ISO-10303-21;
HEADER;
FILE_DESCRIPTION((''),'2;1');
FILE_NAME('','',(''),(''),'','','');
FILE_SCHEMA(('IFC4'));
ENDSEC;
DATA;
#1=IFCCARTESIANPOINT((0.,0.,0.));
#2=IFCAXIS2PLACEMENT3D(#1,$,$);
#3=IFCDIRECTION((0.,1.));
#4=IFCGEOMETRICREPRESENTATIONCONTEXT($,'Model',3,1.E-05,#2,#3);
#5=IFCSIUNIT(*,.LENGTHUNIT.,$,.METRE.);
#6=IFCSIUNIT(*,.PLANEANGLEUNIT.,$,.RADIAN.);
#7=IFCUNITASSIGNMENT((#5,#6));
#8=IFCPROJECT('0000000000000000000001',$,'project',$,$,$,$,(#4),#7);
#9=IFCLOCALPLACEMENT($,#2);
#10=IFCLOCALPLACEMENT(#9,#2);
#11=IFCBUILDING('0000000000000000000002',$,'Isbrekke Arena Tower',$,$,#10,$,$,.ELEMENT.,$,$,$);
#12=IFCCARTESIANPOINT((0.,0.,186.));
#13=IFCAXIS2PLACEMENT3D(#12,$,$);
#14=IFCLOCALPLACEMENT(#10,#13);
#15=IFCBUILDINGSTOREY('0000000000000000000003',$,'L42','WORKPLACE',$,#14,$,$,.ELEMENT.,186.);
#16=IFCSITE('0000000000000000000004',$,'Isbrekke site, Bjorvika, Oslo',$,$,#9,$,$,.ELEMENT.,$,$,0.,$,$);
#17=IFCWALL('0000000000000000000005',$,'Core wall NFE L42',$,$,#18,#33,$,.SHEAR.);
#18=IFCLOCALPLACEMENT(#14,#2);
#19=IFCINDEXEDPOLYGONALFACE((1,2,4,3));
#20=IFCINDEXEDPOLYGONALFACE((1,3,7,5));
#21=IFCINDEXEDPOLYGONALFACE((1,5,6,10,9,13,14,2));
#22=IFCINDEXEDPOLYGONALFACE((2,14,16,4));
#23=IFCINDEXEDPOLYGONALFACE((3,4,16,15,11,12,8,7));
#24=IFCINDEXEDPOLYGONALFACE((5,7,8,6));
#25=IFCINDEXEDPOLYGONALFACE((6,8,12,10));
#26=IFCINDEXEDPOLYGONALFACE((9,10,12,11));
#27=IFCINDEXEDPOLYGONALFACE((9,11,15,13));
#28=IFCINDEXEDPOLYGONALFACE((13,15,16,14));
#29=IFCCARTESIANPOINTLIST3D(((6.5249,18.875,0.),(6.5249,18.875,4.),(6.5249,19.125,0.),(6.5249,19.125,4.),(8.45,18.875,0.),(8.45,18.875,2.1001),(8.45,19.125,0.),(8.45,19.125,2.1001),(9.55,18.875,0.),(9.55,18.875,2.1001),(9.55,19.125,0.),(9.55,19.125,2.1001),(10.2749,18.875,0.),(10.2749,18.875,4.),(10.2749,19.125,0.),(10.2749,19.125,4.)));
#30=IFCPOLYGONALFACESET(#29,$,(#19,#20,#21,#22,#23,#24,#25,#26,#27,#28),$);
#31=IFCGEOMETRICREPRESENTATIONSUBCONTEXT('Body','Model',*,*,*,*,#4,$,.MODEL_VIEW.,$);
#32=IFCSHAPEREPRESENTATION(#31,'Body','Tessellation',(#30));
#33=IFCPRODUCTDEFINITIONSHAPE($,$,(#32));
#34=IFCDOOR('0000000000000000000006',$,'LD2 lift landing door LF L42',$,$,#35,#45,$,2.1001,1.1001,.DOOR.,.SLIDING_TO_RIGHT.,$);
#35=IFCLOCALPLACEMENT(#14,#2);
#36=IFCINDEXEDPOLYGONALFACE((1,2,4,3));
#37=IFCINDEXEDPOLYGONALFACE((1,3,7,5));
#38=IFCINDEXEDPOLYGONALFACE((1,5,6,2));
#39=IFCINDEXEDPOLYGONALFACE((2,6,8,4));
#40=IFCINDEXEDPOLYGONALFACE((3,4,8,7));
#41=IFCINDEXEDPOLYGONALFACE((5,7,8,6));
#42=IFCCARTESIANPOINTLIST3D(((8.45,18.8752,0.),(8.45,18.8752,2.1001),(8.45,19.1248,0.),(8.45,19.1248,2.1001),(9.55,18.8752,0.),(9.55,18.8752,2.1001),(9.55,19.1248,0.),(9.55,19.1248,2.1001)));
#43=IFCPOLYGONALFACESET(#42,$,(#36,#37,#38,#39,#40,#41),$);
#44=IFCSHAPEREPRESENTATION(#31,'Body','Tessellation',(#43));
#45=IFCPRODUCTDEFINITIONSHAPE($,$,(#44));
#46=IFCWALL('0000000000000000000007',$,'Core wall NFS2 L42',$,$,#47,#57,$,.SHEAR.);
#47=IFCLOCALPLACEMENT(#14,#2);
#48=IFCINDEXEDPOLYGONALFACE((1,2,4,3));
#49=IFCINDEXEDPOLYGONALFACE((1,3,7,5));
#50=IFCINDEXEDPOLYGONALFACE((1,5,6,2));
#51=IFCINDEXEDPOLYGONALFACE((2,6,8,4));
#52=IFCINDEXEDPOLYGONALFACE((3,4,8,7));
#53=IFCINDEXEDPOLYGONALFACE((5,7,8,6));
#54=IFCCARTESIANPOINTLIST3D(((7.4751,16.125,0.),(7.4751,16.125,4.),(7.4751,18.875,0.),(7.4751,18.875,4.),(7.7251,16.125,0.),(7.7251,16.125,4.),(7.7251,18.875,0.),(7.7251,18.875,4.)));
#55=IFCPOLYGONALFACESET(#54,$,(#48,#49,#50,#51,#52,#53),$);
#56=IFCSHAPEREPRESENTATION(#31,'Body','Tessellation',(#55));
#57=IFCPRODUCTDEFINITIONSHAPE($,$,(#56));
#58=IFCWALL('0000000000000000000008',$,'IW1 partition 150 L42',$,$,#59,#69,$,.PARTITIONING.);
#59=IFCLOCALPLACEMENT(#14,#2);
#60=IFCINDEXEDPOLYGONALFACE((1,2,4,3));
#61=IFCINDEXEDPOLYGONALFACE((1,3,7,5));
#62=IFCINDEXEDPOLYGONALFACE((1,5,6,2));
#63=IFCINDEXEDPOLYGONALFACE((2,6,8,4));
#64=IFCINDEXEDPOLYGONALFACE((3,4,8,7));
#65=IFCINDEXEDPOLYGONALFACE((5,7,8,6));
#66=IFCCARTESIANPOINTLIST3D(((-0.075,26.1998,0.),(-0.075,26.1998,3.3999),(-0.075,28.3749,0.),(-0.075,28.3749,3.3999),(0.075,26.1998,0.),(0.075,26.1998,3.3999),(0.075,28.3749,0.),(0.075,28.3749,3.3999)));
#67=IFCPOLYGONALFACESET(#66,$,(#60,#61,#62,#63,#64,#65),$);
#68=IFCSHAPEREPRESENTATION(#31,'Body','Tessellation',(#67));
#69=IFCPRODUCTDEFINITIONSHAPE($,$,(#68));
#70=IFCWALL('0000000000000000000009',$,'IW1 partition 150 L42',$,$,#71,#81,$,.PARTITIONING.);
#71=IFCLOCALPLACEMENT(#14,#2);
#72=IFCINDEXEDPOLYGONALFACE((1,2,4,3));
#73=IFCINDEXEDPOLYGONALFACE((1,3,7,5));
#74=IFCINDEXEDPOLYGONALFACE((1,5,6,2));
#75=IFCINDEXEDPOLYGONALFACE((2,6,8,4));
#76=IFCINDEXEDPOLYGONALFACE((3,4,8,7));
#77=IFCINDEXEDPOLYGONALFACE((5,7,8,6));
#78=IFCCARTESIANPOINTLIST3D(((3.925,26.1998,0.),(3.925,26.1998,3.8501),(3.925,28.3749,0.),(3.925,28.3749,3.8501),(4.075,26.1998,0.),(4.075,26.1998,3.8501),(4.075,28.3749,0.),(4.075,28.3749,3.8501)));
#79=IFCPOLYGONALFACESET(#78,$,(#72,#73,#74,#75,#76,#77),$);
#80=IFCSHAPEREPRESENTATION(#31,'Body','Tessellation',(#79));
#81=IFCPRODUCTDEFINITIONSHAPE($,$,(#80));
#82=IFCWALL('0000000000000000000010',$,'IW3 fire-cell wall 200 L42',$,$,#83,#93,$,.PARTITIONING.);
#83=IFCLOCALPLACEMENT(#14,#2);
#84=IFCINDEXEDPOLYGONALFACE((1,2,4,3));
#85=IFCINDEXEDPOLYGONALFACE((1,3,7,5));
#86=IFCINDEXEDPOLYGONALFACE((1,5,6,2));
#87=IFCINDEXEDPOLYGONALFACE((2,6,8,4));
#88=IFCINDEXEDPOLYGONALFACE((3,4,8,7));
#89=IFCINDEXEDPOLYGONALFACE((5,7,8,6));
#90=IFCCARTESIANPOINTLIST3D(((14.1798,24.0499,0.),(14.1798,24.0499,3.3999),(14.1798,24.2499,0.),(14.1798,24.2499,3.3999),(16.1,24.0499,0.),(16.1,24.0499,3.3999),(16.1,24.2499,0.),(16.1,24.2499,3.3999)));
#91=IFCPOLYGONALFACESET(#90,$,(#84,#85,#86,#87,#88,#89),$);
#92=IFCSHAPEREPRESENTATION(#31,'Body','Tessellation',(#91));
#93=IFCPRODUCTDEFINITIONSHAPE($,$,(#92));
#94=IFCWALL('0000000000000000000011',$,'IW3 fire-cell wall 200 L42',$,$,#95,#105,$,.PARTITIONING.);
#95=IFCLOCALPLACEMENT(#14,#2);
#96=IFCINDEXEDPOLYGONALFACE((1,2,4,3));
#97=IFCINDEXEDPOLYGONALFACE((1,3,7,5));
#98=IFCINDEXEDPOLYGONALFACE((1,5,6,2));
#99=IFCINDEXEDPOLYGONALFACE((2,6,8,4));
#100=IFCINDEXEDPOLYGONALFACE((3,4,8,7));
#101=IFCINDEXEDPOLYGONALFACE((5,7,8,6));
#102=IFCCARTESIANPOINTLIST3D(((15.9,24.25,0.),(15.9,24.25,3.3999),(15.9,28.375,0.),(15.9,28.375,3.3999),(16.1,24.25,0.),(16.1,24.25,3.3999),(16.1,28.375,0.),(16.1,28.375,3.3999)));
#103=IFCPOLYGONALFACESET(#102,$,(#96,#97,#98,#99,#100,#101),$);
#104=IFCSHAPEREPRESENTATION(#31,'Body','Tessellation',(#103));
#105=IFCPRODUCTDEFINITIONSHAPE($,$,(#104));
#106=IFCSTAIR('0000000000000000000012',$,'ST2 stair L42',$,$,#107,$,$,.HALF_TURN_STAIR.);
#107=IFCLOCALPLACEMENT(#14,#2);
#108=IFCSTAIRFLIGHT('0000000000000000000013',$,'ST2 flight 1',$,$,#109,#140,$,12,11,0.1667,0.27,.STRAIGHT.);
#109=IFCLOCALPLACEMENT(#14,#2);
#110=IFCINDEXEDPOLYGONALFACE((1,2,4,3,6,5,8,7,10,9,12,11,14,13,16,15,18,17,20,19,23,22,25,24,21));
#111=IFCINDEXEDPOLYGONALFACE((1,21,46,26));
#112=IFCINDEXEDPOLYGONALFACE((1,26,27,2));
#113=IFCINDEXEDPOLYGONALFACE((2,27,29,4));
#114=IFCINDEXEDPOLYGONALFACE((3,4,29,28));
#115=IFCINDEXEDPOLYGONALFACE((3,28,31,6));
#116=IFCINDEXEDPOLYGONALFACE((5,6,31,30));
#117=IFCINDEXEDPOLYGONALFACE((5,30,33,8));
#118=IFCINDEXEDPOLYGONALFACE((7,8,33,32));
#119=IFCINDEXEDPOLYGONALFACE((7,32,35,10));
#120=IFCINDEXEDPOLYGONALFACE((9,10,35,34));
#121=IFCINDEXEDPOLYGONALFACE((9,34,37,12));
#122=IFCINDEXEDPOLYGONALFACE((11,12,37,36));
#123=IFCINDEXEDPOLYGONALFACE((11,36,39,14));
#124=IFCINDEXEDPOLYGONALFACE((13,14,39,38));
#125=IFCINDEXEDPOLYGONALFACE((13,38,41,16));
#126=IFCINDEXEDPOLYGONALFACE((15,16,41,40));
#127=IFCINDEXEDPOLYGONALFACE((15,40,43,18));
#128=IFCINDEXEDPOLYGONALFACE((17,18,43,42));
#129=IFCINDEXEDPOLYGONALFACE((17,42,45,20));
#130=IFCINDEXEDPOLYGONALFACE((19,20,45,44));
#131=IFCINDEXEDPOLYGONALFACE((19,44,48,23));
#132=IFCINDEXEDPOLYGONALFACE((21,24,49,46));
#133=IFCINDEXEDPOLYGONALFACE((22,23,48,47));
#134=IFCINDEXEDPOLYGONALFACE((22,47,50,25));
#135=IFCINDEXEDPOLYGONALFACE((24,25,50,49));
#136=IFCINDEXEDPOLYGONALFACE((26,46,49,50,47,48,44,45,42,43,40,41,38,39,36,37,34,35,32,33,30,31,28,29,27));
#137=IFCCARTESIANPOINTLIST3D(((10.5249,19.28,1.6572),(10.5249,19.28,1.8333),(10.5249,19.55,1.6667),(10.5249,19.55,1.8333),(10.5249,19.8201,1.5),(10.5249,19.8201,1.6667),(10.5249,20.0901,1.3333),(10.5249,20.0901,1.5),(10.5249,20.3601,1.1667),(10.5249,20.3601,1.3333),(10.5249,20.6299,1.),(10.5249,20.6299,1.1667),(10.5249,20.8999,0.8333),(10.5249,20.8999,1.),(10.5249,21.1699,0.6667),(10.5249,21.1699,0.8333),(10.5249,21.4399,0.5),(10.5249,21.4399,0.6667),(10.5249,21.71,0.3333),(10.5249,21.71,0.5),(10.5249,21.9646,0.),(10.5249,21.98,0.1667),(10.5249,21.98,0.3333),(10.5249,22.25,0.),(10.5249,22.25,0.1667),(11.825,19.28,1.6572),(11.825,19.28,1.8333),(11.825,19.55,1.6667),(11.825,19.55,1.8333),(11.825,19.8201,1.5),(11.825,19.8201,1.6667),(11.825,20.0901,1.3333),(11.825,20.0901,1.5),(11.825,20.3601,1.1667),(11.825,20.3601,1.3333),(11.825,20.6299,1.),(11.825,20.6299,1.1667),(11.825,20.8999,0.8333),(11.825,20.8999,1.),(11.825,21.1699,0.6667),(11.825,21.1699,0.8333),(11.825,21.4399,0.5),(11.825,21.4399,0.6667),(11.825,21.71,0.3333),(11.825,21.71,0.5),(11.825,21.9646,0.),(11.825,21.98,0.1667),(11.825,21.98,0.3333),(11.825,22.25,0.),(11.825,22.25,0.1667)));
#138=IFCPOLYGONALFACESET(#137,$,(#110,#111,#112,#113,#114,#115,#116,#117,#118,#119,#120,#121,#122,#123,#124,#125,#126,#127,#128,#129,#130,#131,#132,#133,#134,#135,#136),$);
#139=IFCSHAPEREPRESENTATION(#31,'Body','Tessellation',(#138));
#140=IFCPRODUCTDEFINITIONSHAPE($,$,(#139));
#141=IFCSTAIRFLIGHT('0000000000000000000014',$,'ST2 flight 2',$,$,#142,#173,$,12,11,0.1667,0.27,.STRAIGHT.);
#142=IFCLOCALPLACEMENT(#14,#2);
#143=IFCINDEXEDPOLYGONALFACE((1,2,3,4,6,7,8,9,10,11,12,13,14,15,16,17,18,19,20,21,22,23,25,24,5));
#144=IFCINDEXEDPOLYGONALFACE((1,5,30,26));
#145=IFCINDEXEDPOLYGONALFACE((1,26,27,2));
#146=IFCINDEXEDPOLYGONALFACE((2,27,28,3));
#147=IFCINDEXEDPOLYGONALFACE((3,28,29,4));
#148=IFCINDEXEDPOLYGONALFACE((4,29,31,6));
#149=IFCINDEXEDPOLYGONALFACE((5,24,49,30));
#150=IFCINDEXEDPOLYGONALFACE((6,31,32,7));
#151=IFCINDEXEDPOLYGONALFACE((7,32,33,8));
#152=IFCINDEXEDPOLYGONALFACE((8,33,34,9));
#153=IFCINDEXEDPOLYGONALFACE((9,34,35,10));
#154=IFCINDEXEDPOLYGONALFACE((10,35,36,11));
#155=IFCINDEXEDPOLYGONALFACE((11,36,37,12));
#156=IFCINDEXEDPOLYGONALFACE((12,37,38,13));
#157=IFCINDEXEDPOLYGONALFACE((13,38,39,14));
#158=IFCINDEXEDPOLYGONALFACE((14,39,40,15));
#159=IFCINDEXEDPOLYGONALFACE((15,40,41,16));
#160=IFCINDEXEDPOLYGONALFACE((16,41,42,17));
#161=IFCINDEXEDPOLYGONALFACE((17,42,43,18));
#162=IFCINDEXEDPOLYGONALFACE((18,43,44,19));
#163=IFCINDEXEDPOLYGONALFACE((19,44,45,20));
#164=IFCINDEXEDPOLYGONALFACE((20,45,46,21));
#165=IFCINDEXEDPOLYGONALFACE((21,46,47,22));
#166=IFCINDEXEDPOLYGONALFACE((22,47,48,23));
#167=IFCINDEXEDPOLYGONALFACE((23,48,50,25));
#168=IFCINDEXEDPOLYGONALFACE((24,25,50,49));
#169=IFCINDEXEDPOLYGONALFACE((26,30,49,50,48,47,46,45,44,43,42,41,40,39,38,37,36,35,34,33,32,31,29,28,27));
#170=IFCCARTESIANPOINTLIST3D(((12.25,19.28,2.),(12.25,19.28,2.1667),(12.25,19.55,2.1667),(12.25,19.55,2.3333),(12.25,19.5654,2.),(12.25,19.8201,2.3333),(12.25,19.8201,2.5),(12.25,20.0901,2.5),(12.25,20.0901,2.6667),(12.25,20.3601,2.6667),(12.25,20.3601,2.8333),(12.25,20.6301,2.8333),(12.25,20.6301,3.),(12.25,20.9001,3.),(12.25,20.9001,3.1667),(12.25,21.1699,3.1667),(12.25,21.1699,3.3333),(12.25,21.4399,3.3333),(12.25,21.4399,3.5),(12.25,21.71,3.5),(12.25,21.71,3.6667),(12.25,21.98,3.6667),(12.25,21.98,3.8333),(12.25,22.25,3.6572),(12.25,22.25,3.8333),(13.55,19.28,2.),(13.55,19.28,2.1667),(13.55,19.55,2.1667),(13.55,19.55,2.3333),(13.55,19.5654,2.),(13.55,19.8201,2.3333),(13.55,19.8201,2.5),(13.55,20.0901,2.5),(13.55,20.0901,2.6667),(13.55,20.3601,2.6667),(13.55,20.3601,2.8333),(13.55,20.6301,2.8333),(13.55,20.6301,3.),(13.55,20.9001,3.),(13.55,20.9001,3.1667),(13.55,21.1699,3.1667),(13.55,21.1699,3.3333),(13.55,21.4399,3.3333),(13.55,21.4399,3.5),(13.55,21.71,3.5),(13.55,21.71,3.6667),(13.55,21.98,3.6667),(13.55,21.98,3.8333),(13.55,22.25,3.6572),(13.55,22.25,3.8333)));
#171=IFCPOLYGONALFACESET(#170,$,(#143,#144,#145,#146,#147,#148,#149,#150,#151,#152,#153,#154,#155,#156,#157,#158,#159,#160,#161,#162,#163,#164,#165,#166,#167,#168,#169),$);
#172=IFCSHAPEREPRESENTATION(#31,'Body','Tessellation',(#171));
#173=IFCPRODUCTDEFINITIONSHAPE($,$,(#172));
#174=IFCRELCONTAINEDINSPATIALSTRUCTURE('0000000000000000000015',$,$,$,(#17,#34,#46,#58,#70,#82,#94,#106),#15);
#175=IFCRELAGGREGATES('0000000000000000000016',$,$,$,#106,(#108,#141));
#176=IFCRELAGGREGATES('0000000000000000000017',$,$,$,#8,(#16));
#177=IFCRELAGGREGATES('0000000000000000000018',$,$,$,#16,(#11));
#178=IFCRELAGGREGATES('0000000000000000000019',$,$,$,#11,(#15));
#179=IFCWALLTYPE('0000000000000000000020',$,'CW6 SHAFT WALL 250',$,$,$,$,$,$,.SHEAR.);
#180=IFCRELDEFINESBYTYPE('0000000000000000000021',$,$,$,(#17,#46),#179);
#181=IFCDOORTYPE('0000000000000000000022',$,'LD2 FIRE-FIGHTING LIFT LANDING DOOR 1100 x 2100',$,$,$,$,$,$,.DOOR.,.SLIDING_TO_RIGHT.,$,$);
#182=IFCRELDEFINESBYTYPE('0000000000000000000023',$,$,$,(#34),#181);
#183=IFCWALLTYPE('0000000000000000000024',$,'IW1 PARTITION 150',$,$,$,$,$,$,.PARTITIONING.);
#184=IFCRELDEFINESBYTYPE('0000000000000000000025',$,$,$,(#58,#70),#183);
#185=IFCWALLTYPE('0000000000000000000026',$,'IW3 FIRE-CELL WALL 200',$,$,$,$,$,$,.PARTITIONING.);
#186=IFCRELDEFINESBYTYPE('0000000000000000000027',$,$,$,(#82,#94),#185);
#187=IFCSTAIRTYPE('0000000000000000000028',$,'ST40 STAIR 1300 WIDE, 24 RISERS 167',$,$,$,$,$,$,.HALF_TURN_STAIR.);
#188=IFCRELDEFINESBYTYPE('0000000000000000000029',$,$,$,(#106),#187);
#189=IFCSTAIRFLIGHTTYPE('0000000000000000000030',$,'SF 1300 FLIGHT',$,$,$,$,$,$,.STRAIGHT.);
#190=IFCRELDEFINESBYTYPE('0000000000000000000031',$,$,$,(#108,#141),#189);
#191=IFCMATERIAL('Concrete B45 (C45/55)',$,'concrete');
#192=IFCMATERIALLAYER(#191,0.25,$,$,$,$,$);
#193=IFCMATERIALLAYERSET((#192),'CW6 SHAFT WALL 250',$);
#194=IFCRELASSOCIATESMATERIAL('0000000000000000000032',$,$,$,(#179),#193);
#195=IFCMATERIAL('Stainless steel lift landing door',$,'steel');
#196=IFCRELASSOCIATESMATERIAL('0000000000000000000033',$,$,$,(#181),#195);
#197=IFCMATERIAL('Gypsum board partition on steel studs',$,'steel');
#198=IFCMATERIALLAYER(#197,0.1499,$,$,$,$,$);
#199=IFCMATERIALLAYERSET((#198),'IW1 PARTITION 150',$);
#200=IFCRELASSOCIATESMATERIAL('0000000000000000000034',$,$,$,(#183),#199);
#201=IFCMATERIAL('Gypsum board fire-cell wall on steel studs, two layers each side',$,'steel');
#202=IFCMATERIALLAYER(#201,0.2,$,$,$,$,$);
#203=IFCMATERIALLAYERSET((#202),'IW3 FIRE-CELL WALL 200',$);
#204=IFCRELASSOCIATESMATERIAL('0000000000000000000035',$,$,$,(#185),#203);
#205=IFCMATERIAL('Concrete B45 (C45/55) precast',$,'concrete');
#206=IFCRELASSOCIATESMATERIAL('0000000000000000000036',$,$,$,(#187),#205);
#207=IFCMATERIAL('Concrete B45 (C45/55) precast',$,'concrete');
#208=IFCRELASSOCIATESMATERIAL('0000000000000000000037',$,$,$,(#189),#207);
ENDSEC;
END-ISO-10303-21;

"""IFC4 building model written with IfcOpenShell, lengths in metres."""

from ifc_helpers import new_model, si_unit, direction, frame, frame_2d, origin, place, context, subcontext, project, spatial, polyline, rectangle, outline, extrude, material, layer, layer_set, type_object, element, fill, aggregate, save


model = new_model("IFC4")

# Units and contexts
model_context = context("Model", 3, precision=1e-05, world=origin(), true_north=direction((0.0, 1.0)))
body_context = subcontext(model_context, "Body", "Model", "MODEL_VIEW")
ifc_project = project(units=[si_unit("LENGTHUNIT", "METRE"), si_unit("PLANEANGLEUNIT", "RADIAN")], contexts=[model_context])

# Site, building, storey
site_placement = place(None, origin())
site = spatial("IfcSite", under=ifc_project, at=site_placement, Name="Isbrekke site, Bjorvika, Oslo", CompositionType="ELEMENT", RefElevation=0.0)
building_placement = place(site_placement, origin())
building = spatial("IfcBuilding", under=site, at=building_placement, Name="Isbrekke Arena Tower", CompositionType="ELEMENT")
storey_placement = place(building_placement, frame((0.0, 0.0, 186.0)))
storey = spatial("IfcBuildingStorey", under=building, at=storey_placement, Name="L42", Description="WORKPLACE", CompositionType="ELEMENT", Elevation=186.0)

# Shared definitions
ifc_material_1 = material(Name="Concrete B45 (C45/55)", Category="concrete")
ifc_layer_1 = layer(ifc_material_1, 0.25)
ifc_layer_set_1 = layer_set([ifc_layer_1], Name="CW6 SHAFT WALL 250")
wall_type_1 = type_object("IfcWallType", Name="CW6 SHAFT WALL 250", PredefinedType="SHEAR", material=ifc_layer_set_1)

# Wall, opening, door
wall_1_placement = place(storey_placement, frame((6.5249, 19.0, 0.0), z_axis=(0.0, 0.0, 1.0), x_axis=(1.0, 0.0, 0.0)))
wall_1 = element("IfcWall", 1, at=wall_1_placement, inside=storey, type_object=wall_type_1, Name="Core wall NFE L42", PredefinedType="SHEAR", context=body_context, shape_type="SweptSolid", body=[
    extrude(rectangle(XDim=3.75, YDim=0.25, at=frame_2d((1.875, 0.0))), origin(), (0.0, 0.0, 1.0), 4.0),
])
opening_1_placement = place(wall_1_placement, frame((1.925, 0.0, 0.0)))
opening_1 = element("IfcOpeningElement", 2, at=opening_1_placement, cuts=wall_1, PredefinedType="OPENING", context=body_context, shape_type="SweptSolid", body=[
    extrude(rectangle(XDim=1.1001, YDim=2.1001, at=frame_2d((0.55, 1.05))), frame((0.0, 0.1399, 0.0), z_axis=(0.0, -1.0, 0.0), x_axis=(1.0, 0.0, 0.0)), (0.0, 0.0, 1.0), 0.2798),
])
ifc_material_2 = material(Name="Stainless steel lift landing door", Category="steel")
door_type_1 = type_object("IfcDoorType", Name="LD2 FIRE-FIGHTING LIFT LANDING DOOR 1100 x 2100", OperationType="SLIDING_TO_RIGHT", PredefinedType="DOOR", material=ifc_material_2)
door_1_placement = place(opening_1_placement, origin())
door_1 = element("IfcDoor", 3, at=door_1_placement, inside=storey, type_object=door_type_1, Name="LD2 lift landing door LF L42", OperationType="SLIDING_TO_RIGHT", OverallHeight=2.1001, OverallWidth=1.1001, PredefinedType="DOOR", context=body_context, shape_type="SweptSolid", body=[
    extrude(rectangle(XDim=1.1001, YDim=2.1001, at=frame_2d((0.55, 1.05))), frame((0.0, 0.1248, 0.0), z_axis=(0.0, -1.0, 0.0), x_axis=(1.0, 0.0, 0.0)), (0.0, 0.0, 1.0), 0.2495),
])
fill(opening_1, door_1)

# Walls
wall_2_placement = place(storey_placement, frame((7.6001, 16.125, 0.0), z_axis=(0.0, 0.0, 1.0), x_axis=(0.0, 1.0, 0.0)))
element("IfcWall", 4, at=wall_2_placement, inside=storey, type_object=wall_type_1, Name="Core wall NFS2 L42", PredefinedType="SHEAR", context=body_context, shape_type="SweptSolid", body=[
    extrude(rectangle(XDim=2.75, YDim=0.25, at=frame_2d((1.375, 0.0))), origin(), (0.0, 0.0, 1.0), 4.0),
])
ifc_material_3 = material(Name="Gypsum board partition on steel studs", Category="steel")
ifc_layer_2 = layer(ifc_material_3, 0.1499)
ifc_layer_set_2 = layer_set([ifc_layer_2], Name="IW1 PARTITION 150")
wall_type_2 = type_object("IfcWallType", Name="IW1 PARTITION 150", PredefinedType="PARTITIONING", material=ifc_layer_set_2)
wall_3_placement = place(storey_placement, frame((0.0, 26.2, 0.0), z_axis=(0.0, 0.0, 1.0), x_axis=(0.0, 1.0, 0.0)))
element("IfcWall", 5, at=wall_3_placement, inside=storey, type_object=wall_type_2, Name="IW1 partition 150 L42", PredefinedType="PARTITIONING", context=body_context, shape_type="SweptSolid", body=[
    extrude(rectangle(XDim=2.175, YDim=0.1499, at=frame_2d((1.0874, 0.0))), origin(), (0.0, 0.0, 1.0), 3.3999),
])
wall_4_placement = place(storey_placement, frame((4.0, 26.2, 0.0), z_axis=(0.0, 0.0, 1.0), x_axis=(0.0, 1.0, 0.0)))
element("IfcWall", 6, at=wall_4_placement, inside=storey, type_object=wall_type_2, Name="IW1 partition 150 L42", PredefinedType="PARTITIONING", context=body_context, shape_type="SweptSolid", body=[
    extrude(rectangle(XDim=2.175, YDim=0.1499, at=frame_2d((1.0874, 0.0))), origin(), (0.0, 0.0, 1.0), 3.8501),
])
ifc_material_4 = material(Name="Gypsum board fire-cell wall on steel studs, two layers each side", Category="steel")
ifc_layer_3 = layer(ifc_material_4, 0.2)
ifc_layer_set_3 = layer_set([ifc_layer_3], Name="IW3 FIRE-CELL WALL 200")
wall_type_3 = type_object("IfcWallType", Name="IW3 FIRE-CELL WALL 200", PredefinedType="PARTITIONING", material=ifc_layer_set_3)
wall_5_placement = place(storey_placement, frame((14.1799, 24.1499, 0.0), z_axis=(0.0, 0.0, 1.0), x_axis=(1.0, 0.0, 0.0)))
element("IfcWall", 7, at=wall_5_placement, inside=storey, type_object=wall_type_3, Name="IW3 fire-cell wall 200 L42", PredefinedType="PARTITIONING", context=body_context, shape_type="SweptSolid", body=[
    extrude(rectangle(XDim=1.9202, YDim=0.2, at=frame_2d((0.96, 0.0))), origin(), (0.0, 0.0, 1.0), 3.3999),
])
wall_6_placement = place(storey_placement, frame((16.0, 24.25, 0.0), z_axis=(0.0, 0.0, 1.0), x_axis=(0.0, 1.0, 0.0)))
element("IfcWall", 8, at=wall_6_placement, inside=storey, type_object=wall_type_3, Name="IW3 fire-cell wall 200 L42", PredefinedType="PARTITIONING", context=body_context, shape_type="SweptSolid", body=[
    extrude(rectangle(XDim=4.125, YDim=0.2, at=frame_2d((2.0625, 0.0))), origin(), (0.0, 0.0, 1.0), 3.3999),
])

# Stair, stair flights
ifc_material_5 = material(Name="Concrete B45 (C45/55) precast", Category="concrete")
stair_type = type_object("IfcStairType", Name="ST40 STAIR 1300 WIDE, 24 RISERS 167", PredefinedType="HALF_TURN_STAIR", material=ifc_material_5)
stair_placement = place(storey_placement, origin())
stair = element("IfcStair", 9, at=stair_placement, inside=storey, type_object=stair_type, Name="ST2 stair L42", PredefinedType="HALF_TURN_STAIR")
ifc_material_6 = material(Name="Concrete B45 (C45/55) precast", Category="concrete")
stair_flight_type = type_object("IfcStairFlightType", Name="SF 1300 FLIGHT", PredefinedType="STRAIGHT", material=ifc_material_6)
stair_flight_1_placement = place(storey_placement, frame((11.175, 22.25, 0.0), z_axis=(0.0, 0.0, 1.0), x_axis=(0.0, -1.0, 0.0)))
stair_flight_1 = element("IfcStairFlight", 10, at=stair_flight_1_placement, type_object=stair_flight_type, Name="ST2 flight 1", NumberOfRisers=12, NumberOfTreads=11, PredefinedType="STRAIGHT", RiserHeight=0.1667, TreadLength=0.27, context=body_context, shape_type="SweptSolid", body=[
    extrude(outline(polyline([(0.0, 0.0), (0.0, 0.1667), (0.27, 0.1667), (0.27, 0.3333), (0.54, 0.3333), (0.54, 0.5), (0.8101, 0.5), (0.8101, 0.6667), (1.0801, 0.6667), (1.0801, 0.8333), (1.3501, 0.8333), (1.3501, 1.0), (1.6201, 1.0), (1.6201, 1.1667), (1.8899, 1.1667), (1.8899, 1.3333), (2.1599, 1.3333), (2.1599, 1.5), (2.4299, 1.5), (2.4299, 1.6667), (2.7, 1.6667), (2.7, 1.8333), (2.97, 1.8333), (2.97, 2.0), (2.97, 1.6572), (0.2854, 0.0), (0.0, 0.0)])), frame((0.0, 0.6499, 0.0), z_axis=(0.0, -1.0, 0.0), x_axis=(1.0, 0.0, 0.0)), (0.0, 0.0, 1.0), 1.3),
])
stair_flight_2_placement = place(storey_placement, frame((12.8999, 19.28, 2.0), z_axis=(0.0, 0.0, 1.0), x_axis=(0.0, 1.0, 0.0)))
stair_flight_2 = element("IfcStairFlight", 11, at=stair_flight_2_placement, type_object=stair_flight_type, Name="ST2 flight 2", NumberOfRisers=12, NumberOfTreads=11, PredefinedType="STRAIGHT", RiserHeight=0.1667, TreadLength=0.27, context=body_context, shape_type="SweptSolid", body=[
    extrude(outline(polyline([(0.0, 0.0), (0.0, 0.1667), (0.27, 0.1667), (0.27, 0.3333), (0.54, 0.3333), (0.54, 0.5), (0.8101, 0.5), (0.8101, 0.6667), (1.0801, 0.6667), (1.0801, 0.8333), (1.3501, 0.8333), (1.3501, 1.0), (1.6201, 1.0), (1.6201, 1.1667), (1.8899, 1.1667), (1.8899, 1.3333), (2.1599, 1.3333), (2.1599, 1.5), (2.4299, 1.5), (2.4299, 1.6667), (2.7, 1.6667), (2.7, 1.8333), (2.97, 1.8333), (2.97, 2.0), (2.97, 1.6572), (0.2854, 0.0), (0.0, 0.0)])), frame((0.0, 0.6499, 0.0), z_axis=(0.0, -1.0, 0.0), x_axis=(1.0, 0.0, 0.0)), (0.0, 0.0, 1.0), 1.3),
])
aggregate(stair, [stair_flight_1, stair_flight_2])

save(model, "model.ifc")
